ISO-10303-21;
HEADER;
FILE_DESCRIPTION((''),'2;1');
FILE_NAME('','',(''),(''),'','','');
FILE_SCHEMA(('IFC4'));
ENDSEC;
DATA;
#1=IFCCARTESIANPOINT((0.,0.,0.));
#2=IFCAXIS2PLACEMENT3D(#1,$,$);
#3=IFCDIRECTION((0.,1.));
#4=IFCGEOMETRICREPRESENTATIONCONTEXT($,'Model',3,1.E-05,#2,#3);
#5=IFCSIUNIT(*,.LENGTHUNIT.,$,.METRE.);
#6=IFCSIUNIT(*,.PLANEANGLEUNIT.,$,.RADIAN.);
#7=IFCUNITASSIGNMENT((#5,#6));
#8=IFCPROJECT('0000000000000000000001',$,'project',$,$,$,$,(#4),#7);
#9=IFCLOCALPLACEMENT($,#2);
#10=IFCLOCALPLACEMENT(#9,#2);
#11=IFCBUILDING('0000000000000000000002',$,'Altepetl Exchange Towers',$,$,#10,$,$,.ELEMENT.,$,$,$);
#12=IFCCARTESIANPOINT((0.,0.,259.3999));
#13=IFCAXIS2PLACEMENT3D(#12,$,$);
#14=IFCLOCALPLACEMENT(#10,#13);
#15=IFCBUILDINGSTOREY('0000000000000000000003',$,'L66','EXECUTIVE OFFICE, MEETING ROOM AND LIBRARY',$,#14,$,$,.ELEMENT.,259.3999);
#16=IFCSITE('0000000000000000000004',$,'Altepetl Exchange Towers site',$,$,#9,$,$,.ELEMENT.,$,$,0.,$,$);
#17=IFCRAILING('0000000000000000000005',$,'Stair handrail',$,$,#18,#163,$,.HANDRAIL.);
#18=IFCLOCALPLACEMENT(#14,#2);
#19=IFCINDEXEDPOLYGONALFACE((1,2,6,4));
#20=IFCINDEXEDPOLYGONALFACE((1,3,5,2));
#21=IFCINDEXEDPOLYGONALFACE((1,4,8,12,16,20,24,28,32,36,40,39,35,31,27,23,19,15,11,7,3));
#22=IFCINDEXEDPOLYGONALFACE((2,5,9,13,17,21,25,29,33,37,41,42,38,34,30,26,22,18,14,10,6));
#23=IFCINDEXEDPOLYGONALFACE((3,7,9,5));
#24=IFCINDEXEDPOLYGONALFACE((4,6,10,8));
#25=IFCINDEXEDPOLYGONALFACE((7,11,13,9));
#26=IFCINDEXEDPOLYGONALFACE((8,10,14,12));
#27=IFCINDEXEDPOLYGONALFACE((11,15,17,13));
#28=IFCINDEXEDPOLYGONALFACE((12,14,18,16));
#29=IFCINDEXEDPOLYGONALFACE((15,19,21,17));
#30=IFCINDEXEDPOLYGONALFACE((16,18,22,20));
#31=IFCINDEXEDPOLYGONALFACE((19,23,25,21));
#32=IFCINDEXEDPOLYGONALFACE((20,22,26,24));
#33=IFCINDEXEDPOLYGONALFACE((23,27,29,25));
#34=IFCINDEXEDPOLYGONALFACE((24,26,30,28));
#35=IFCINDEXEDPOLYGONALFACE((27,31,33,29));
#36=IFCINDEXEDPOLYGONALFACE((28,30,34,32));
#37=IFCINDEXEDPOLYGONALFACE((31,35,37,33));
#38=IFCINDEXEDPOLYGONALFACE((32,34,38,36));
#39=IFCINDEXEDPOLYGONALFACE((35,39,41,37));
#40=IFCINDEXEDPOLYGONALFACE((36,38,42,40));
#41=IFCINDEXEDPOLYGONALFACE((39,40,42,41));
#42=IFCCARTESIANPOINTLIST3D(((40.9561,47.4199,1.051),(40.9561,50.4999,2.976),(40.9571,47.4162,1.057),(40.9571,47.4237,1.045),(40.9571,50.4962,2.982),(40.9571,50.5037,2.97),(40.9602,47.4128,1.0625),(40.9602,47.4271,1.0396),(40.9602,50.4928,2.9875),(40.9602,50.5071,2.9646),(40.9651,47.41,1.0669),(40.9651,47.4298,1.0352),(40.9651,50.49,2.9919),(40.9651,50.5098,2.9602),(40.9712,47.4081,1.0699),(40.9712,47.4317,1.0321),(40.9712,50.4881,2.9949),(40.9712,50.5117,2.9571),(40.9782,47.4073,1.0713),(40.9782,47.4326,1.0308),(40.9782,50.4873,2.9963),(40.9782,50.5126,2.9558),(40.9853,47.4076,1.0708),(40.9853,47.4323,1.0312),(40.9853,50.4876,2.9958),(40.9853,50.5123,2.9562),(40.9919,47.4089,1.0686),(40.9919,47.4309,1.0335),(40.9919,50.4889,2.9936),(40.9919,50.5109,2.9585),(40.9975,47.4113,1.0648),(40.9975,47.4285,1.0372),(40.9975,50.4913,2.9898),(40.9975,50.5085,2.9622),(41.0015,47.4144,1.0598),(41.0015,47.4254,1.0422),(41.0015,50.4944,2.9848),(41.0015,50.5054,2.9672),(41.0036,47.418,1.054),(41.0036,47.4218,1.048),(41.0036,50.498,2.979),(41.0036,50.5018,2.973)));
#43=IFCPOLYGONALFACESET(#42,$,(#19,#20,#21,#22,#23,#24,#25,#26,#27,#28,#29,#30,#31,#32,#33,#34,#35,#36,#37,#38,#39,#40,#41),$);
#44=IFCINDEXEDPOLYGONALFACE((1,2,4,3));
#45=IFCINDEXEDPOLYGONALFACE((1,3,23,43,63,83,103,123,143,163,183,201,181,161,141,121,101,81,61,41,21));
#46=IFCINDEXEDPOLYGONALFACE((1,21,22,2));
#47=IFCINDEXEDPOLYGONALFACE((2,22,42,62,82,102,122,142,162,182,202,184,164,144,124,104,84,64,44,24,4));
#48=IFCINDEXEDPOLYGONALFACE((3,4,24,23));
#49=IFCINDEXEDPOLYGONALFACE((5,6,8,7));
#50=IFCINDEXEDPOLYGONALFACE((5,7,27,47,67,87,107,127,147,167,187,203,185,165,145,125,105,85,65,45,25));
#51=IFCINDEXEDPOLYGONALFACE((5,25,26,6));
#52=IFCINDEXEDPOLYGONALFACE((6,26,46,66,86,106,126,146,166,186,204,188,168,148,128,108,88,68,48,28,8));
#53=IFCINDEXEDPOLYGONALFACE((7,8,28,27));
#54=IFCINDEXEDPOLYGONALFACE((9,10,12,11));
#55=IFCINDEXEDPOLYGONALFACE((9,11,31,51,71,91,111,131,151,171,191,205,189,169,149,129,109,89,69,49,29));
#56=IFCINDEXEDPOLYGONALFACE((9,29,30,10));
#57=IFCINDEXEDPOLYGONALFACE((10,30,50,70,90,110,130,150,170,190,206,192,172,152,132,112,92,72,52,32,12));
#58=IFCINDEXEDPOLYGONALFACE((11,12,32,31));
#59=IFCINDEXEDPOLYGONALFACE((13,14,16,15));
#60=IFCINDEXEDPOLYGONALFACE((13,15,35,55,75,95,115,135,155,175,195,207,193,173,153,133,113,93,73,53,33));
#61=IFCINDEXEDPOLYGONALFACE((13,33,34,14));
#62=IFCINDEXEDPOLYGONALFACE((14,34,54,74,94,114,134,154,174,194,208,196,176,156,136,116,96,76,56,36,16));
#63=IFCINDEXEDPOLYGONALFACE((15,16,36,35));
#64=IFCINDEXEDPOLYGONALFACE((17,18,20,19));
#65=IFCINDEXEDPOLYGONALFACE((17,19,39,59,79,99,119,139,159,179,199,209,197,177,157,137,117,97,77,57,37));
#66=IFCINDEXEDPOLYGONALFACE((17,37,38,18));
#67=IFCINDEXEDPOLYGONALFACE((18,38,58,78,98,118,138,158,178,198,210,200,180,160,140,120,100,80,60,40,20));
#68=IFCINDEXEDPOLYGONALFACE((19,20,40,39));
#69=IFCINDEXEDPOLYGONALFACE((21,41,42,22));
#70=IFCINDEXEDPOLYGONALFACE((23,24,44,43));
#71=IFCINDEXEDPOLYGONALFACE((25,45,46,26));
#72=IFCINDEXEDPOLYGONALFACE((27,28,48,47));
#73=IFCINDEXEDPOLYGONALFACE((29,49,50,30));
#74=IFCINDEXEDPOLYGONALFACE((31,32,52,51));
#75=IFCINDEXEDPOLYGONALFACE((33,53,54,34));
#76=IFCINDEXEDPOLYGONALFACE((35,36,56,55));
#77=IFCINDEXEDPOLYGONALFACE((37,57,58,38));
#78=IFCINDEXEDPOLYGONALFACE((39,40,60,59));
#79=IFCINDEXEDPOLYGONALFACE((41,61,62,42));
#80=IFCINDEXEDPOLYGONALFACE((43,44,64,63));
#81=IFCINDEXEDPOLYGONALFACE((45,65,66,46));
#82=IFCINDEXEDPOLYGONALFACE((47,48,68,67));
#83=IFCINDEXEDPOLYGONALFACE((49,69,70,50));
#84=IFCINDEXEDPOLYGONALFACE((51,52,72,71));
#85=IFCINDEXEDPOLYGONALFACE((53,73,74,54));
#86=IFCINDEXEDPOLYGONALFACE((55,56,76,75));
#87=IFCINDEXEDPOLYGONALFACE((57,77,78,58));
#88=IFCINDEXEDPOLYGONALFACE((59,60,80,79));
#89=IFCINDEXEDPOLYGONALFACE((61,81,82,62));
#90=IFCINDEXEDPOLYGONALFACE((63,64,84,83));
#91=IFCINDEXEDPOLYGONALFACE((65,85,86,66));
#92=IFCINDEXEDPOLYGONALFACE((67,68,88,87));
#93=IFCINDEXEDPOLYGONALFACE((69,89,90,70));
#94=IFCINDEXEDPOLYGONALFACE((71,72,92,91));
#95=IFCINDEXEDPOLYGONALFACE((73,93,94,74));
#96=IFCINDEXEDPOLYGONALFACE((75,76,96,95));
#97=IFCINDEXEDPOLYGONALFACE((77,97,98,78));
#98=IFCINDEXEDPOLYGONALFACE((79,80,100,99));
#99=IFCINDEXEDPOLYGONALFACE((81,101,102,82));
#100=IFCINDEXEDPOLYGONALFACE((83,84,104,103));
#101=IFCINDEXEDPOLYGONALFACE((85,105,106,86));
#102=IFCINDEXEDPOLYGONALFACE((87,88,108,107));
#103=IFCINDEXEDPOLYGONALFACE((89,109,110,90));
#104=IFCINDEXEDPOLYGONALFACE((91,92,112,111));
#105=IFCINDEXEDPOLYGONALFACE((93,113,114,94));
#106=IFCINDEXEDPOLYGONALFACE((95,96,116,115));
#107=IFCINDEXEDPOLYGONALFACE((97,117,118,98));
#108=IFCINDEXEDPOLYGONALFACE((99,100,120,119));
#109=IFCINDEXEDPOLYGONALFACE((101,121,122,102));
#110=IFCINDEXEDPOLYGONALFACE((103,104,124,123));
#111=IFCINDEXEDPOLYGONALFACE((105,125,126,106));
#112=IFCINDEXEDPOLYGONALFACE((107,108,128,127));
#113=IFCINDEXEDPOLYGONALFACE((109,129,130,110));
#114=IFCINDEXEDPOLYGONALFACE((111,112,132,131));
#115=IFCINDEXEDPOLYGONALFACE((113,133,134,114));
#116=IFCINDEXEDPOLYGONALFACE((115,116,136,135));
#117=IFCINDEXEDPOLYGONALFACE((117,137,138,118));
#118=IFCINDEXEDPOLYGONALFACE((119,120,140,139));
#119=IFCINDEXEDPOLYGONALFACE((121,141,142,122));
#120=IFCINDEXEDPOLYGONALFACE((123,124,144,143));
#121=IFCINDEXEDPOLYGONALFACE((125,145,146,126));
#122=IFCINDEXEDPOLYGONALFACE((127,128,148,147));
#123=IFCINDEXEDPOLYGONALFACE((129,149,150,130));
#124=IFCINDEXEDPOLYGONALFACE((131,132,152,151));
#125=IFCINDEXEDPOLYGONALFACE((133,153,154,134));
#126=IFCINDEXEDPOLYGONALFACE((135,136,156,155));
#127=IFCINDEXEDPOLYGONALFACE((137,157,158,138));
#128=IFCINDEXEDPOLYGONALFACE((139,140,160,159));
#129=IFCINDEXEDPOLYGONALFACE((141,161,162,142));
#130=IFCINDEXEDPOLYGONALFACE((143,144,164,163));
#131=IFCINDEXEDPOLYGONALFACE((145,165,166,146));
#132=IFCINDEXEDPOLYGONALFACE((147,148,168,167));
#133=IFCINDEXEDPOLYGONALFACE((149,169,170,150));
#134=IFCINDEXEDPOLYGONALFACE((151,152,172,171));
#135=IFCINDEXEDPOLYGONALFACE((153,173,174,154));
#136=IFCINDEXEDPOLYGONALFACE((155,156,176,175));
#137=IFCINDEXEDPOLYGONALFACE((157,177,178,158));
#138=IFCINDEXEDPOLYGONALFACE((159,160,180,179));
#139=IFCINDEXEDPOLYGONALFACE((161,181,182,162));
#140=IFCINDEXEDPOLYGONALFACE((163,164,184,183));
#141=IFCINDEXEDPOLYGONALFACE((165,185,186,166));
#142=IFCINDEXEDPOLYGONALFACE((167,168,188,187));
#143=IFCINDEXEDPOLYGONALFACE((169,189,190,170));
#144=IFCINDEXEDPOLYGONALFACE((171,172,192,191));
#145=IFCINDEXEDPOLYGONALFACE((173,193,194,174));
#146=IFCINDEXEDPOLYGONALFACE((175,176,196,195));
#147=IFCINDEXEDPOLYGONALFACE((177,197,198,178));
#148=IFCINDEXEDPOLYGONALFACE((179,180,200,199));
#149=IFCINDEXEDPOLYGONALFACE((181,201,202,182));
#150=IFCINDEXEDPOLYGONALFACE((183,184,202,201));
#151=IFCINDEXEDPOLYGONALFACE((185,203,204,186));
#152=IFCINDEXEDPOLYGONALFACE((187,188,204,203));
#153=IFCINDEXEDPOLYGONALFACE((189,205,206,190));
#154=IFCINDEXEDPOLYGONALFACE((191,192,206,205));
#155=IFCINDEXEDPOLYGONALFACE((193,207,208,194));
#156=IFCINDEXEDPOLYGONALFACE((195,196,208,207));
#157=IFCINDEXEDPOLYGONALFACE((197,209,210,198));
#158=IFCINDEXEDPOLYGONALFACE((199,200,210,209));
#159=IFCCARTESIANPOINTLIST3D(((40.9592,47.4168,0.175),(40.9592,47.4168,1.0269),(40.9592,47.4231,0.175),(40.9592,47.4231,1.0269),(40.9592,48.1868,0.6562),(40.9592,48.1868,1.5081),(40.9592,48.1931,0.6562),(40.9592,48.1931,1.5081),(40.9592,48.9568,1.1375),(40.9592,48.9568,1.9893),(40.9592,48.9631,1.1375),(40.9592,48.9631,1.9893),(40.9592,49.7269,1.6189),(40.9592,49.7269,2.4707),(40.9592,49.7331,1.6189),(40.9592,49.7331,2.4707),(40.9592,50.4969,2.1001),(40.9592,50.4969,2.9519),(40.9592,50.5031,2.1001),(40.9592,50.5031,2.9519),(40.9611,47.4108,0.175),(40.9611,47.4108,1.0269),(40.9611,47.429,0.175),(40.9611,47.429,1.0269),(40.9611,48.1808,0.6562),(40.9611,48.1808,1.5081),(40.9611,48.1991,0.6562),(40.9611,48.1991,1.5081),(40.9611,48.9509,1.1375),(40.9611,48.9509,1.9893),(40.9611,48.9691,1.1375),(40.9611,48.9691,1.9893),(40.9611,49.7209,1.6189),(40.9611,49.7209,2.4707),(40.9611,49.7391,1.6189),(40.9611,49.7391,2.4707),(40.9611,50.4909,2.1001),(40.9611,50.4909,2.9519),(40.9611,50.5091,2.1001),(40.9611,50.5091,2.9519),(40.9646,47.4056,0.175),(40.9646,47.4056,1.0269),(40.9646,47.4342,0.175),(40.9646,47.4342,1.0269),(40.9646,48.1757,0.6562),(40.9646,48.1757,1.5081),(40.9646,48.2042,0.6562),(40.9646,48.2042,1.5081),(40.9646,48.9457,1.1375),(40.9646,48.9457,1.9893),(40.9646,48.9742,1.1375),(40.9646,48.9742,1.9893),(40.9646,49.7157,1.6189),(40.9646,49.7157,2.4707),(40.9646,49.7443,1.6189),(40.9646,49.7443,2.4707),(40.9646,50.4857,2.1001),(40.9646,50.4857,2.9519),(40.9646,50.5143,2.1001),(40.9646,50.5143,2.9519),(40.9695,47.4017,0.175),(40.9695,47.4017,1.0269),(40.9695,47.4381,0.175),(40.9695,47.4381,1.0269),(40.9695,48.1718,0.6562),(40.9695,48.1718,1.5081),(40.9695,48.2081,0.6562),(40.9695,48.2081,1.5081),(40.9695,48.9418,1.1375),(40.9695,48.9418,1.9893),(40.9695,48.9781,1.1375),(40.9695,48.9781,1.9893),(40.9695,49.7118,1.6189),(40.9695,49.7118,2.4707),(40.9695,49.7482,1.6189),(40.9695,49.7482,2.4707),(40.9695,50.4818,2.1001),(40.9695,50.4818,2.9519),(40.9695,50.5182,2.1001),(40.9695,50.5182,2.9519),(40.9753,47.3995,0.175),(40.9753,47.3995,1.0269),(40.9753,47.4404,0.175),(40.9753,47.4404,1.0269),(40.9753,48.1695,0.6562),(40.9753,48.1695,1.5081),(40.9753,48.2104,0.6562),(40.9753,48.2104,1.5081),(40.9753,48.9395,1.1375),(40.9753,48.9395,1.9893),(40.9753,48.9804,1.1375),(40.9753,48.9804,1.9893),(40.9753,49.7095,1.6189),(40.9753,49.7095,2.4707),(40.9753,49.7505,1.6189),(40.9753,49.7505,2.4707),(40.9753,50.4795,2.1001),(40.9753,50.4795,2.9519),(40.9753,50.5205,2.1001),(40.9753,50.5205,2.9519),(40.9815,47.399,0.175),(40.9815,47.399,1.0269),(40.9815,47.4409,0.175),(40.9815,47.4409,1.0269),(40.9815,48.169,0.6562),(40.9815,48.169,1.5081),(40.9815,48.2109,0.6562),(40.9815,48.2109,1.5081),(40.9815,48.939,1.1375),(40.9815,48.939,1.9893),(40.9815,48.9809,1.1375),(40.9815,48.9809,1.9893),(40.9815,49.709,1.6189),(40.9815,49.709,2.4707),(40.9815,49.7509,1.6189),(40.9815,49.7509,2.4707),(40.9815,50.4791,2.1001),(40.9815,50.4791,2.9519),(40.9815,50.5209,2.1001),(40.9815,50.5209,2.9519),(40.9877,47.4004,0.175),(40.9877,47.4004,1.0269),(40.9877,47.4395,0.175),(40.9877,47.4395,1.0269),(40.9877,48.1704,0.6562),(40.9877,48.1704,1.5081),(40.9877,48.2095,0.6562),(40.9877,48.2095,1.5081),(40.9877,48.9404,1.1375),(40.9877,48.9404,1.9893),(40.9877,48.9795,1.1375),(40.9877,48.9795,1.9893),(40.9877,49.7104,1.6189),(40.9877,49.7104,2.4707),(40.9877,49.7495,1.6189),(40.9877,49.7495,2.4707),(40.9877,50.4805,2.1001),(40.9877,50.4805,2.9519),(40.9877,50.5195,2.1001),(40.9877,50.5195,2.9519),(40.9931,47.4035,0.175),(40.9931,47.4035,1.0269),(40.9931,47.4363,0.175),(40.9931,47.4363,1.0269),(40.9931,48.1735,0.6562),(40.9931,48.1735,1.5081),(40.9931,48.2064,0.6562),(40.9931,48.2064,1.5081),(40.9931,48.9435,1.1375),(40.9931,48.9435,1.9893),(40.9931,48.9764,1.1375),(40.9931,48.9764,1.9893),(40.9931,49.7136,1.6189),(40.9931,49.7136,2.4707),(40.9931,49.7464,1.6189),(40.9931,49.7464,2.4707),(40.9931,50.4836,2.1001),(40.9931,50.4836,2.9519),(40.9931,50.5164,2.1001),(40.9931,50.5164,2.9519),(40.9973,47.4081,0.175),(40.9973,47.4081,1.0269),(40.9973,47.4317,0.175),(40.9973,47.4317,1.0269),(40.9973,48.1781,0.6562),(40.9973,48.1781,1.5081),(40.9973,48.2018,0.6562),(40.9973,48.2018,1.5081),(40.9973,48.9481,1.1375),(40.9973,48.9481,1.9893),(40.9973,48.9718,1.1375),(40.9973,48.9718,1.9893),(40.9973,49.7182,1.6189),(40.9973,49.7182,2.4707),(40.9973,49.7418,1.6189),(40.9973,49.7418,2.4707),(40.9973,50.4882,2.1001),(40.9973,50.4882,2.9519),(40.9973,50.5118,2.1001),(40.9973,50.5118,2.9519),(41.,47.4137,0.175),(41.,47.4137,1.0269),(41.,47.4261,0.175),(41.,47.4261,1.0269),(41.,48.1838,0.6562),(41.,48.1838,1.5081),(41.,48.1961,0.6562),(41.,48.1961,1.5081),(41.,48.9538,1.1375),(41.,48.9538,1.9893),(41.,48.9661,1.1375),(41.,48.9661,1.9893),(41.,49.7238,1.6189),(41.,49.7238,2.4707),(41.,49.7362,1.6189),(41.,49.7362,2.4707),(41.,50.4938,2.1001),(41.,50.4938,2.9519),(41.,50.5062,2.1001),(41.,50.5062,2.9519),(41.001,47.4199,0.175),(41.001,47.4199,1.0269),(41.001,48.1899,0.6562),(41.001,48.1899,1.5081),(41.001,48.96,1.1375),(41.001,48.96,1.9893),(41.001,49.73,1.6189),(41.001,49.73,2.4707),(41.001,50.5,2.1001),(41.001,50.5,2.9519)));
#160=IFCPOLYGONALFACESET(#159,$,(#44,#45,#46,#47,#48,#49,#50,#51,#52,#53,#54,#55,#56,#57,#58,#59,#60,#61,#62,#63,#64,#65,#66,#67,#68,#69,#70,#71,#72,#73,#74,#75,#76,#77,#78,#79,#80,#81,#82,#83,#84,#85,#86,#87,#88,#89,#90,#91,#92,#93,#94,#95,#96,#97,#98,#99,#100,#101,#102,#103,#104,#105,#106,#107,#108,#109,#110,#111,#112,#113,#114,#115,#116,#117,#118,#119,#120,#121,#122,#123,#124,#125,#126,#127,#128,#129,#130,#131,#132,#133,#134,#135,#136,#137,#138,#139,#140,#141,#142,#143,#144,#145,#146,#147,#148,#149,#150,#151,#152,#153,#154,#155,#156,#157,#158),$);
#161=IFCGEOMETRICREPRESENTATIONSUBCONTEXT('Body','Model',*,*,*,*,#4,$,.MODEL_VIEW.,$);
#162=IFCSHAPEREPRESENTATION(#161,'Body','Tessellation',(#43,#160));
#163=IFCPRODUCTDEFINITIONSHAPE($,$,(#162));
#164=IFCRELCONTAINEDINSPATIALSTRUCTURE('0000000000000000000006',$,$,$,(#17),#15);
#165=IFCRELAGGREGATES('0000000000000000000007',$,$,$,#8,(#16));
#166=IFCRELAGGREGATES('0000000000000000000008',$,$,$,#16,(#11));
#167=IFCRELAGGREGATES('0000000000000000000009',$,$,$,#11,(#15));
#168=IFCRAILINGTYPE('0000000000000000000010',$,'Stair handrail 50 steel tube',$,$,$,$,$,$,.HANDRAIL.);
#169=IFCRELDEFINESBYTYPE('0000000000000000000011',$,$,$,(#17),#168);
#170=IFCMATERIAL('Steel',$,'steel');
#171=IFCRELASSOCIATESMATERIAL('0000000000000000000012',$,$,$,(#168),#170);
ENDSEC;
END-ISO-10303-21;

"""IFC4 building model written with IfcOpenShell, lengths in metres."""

from ifc_helpers import new_model, si_unit, direction, frame, origin, origin_2d, place, context, subcontext, project, spatial, circle, extrude, source, transform, mapped, material, type_object, element, save


model = new_model("IFC4")

# Units and contexts
model_context = context("Model", 3, precision=1e-05, world=origin(), true_north=direction((0.0, 1.0)))
body_context = subcontext(model_context, "Body", "Model", "MODEL_VIEW")
ifc_project = project(units=[si_unit("LENGTHUNIT", "METRE"), si_unit("PLANEANGLEUNIT", "RADIAN")], contexts=[model_context])

# Site, building, storey
site_placement = place(None, origin())
site = spatial("IfcSite", under=ifc_project, at=site_placement, Name="Altepetl Exchange Towers site", CompositionType="ELEMENT", RefElevation=0.0)
building_placement = place(site_placement, origin())
building = spatial("IfcBuilding", under=site, at=building_placement, Name="Altepetl Exchange Towers", CompositionType="ELEMENT")
storey_placement = place(building_placement, frame((0.0, 0.0, 259.3999)))
storey = spatial("IfcBuildingStorey", under=building, at=storey_placement, Name="L66", Description="EXECUTIVE OFFICE, MEETING ROOM AND LIBRARY", CompositionType="ELEMENT", Elevation=259.3999)

# Railing
ifc_material_1 = material(Name="Steel", Category="steel")
railing_type_1 = type_object("IfcRailingType", Name="Stair handrail 50 steel tube", PredefinedType="HANDRAIL", material=ifc_material_1)
shared_shape_1 = source(origin(), body_context, "Body", "SweptSolid", [
    extrude(circle(Radius=0.021, at=origin_2d()), origin(), (0.0, 0.0, 1.0), 0.8518),
])
railing_1_placement = place(storey_placement, frame((40.98, 47.4199, 0.175)))
element("IfcRailing", 1, at=railing_1_placement, inside=storey, type_object=railing_type_1, Name="Stair handrail", PredefinedType="HANDRAIL", context=body_context, shape_type="SweptSolid", body=[
    extrude(circle(Radius=0.0239, at=origin_2d()), frame((0.0, 0.0, 0.876), z_axis=(0.0, 0.847998, 0.529999), x_axis=(-1.0, 0.0, 0.0)), (0.0, 0.0, 1.0), 3.6321),
    mapped(shared_shape_1, transform((0.0, 0.0, 0.0))),
    mapped(shared_shape_1, transform((0.0, 0.77, 0.4812))),
    mapped(shared_shape_1, transform((0.0, 1.54, 0.9624))),
    mapped(shared_shape_1, transform((0.0, 2.3101, 1.4438))),
    mapped(shared_shape_1, transform((0.0, 3.0801, 1.925))),
])

save(model, "model.ifc")
